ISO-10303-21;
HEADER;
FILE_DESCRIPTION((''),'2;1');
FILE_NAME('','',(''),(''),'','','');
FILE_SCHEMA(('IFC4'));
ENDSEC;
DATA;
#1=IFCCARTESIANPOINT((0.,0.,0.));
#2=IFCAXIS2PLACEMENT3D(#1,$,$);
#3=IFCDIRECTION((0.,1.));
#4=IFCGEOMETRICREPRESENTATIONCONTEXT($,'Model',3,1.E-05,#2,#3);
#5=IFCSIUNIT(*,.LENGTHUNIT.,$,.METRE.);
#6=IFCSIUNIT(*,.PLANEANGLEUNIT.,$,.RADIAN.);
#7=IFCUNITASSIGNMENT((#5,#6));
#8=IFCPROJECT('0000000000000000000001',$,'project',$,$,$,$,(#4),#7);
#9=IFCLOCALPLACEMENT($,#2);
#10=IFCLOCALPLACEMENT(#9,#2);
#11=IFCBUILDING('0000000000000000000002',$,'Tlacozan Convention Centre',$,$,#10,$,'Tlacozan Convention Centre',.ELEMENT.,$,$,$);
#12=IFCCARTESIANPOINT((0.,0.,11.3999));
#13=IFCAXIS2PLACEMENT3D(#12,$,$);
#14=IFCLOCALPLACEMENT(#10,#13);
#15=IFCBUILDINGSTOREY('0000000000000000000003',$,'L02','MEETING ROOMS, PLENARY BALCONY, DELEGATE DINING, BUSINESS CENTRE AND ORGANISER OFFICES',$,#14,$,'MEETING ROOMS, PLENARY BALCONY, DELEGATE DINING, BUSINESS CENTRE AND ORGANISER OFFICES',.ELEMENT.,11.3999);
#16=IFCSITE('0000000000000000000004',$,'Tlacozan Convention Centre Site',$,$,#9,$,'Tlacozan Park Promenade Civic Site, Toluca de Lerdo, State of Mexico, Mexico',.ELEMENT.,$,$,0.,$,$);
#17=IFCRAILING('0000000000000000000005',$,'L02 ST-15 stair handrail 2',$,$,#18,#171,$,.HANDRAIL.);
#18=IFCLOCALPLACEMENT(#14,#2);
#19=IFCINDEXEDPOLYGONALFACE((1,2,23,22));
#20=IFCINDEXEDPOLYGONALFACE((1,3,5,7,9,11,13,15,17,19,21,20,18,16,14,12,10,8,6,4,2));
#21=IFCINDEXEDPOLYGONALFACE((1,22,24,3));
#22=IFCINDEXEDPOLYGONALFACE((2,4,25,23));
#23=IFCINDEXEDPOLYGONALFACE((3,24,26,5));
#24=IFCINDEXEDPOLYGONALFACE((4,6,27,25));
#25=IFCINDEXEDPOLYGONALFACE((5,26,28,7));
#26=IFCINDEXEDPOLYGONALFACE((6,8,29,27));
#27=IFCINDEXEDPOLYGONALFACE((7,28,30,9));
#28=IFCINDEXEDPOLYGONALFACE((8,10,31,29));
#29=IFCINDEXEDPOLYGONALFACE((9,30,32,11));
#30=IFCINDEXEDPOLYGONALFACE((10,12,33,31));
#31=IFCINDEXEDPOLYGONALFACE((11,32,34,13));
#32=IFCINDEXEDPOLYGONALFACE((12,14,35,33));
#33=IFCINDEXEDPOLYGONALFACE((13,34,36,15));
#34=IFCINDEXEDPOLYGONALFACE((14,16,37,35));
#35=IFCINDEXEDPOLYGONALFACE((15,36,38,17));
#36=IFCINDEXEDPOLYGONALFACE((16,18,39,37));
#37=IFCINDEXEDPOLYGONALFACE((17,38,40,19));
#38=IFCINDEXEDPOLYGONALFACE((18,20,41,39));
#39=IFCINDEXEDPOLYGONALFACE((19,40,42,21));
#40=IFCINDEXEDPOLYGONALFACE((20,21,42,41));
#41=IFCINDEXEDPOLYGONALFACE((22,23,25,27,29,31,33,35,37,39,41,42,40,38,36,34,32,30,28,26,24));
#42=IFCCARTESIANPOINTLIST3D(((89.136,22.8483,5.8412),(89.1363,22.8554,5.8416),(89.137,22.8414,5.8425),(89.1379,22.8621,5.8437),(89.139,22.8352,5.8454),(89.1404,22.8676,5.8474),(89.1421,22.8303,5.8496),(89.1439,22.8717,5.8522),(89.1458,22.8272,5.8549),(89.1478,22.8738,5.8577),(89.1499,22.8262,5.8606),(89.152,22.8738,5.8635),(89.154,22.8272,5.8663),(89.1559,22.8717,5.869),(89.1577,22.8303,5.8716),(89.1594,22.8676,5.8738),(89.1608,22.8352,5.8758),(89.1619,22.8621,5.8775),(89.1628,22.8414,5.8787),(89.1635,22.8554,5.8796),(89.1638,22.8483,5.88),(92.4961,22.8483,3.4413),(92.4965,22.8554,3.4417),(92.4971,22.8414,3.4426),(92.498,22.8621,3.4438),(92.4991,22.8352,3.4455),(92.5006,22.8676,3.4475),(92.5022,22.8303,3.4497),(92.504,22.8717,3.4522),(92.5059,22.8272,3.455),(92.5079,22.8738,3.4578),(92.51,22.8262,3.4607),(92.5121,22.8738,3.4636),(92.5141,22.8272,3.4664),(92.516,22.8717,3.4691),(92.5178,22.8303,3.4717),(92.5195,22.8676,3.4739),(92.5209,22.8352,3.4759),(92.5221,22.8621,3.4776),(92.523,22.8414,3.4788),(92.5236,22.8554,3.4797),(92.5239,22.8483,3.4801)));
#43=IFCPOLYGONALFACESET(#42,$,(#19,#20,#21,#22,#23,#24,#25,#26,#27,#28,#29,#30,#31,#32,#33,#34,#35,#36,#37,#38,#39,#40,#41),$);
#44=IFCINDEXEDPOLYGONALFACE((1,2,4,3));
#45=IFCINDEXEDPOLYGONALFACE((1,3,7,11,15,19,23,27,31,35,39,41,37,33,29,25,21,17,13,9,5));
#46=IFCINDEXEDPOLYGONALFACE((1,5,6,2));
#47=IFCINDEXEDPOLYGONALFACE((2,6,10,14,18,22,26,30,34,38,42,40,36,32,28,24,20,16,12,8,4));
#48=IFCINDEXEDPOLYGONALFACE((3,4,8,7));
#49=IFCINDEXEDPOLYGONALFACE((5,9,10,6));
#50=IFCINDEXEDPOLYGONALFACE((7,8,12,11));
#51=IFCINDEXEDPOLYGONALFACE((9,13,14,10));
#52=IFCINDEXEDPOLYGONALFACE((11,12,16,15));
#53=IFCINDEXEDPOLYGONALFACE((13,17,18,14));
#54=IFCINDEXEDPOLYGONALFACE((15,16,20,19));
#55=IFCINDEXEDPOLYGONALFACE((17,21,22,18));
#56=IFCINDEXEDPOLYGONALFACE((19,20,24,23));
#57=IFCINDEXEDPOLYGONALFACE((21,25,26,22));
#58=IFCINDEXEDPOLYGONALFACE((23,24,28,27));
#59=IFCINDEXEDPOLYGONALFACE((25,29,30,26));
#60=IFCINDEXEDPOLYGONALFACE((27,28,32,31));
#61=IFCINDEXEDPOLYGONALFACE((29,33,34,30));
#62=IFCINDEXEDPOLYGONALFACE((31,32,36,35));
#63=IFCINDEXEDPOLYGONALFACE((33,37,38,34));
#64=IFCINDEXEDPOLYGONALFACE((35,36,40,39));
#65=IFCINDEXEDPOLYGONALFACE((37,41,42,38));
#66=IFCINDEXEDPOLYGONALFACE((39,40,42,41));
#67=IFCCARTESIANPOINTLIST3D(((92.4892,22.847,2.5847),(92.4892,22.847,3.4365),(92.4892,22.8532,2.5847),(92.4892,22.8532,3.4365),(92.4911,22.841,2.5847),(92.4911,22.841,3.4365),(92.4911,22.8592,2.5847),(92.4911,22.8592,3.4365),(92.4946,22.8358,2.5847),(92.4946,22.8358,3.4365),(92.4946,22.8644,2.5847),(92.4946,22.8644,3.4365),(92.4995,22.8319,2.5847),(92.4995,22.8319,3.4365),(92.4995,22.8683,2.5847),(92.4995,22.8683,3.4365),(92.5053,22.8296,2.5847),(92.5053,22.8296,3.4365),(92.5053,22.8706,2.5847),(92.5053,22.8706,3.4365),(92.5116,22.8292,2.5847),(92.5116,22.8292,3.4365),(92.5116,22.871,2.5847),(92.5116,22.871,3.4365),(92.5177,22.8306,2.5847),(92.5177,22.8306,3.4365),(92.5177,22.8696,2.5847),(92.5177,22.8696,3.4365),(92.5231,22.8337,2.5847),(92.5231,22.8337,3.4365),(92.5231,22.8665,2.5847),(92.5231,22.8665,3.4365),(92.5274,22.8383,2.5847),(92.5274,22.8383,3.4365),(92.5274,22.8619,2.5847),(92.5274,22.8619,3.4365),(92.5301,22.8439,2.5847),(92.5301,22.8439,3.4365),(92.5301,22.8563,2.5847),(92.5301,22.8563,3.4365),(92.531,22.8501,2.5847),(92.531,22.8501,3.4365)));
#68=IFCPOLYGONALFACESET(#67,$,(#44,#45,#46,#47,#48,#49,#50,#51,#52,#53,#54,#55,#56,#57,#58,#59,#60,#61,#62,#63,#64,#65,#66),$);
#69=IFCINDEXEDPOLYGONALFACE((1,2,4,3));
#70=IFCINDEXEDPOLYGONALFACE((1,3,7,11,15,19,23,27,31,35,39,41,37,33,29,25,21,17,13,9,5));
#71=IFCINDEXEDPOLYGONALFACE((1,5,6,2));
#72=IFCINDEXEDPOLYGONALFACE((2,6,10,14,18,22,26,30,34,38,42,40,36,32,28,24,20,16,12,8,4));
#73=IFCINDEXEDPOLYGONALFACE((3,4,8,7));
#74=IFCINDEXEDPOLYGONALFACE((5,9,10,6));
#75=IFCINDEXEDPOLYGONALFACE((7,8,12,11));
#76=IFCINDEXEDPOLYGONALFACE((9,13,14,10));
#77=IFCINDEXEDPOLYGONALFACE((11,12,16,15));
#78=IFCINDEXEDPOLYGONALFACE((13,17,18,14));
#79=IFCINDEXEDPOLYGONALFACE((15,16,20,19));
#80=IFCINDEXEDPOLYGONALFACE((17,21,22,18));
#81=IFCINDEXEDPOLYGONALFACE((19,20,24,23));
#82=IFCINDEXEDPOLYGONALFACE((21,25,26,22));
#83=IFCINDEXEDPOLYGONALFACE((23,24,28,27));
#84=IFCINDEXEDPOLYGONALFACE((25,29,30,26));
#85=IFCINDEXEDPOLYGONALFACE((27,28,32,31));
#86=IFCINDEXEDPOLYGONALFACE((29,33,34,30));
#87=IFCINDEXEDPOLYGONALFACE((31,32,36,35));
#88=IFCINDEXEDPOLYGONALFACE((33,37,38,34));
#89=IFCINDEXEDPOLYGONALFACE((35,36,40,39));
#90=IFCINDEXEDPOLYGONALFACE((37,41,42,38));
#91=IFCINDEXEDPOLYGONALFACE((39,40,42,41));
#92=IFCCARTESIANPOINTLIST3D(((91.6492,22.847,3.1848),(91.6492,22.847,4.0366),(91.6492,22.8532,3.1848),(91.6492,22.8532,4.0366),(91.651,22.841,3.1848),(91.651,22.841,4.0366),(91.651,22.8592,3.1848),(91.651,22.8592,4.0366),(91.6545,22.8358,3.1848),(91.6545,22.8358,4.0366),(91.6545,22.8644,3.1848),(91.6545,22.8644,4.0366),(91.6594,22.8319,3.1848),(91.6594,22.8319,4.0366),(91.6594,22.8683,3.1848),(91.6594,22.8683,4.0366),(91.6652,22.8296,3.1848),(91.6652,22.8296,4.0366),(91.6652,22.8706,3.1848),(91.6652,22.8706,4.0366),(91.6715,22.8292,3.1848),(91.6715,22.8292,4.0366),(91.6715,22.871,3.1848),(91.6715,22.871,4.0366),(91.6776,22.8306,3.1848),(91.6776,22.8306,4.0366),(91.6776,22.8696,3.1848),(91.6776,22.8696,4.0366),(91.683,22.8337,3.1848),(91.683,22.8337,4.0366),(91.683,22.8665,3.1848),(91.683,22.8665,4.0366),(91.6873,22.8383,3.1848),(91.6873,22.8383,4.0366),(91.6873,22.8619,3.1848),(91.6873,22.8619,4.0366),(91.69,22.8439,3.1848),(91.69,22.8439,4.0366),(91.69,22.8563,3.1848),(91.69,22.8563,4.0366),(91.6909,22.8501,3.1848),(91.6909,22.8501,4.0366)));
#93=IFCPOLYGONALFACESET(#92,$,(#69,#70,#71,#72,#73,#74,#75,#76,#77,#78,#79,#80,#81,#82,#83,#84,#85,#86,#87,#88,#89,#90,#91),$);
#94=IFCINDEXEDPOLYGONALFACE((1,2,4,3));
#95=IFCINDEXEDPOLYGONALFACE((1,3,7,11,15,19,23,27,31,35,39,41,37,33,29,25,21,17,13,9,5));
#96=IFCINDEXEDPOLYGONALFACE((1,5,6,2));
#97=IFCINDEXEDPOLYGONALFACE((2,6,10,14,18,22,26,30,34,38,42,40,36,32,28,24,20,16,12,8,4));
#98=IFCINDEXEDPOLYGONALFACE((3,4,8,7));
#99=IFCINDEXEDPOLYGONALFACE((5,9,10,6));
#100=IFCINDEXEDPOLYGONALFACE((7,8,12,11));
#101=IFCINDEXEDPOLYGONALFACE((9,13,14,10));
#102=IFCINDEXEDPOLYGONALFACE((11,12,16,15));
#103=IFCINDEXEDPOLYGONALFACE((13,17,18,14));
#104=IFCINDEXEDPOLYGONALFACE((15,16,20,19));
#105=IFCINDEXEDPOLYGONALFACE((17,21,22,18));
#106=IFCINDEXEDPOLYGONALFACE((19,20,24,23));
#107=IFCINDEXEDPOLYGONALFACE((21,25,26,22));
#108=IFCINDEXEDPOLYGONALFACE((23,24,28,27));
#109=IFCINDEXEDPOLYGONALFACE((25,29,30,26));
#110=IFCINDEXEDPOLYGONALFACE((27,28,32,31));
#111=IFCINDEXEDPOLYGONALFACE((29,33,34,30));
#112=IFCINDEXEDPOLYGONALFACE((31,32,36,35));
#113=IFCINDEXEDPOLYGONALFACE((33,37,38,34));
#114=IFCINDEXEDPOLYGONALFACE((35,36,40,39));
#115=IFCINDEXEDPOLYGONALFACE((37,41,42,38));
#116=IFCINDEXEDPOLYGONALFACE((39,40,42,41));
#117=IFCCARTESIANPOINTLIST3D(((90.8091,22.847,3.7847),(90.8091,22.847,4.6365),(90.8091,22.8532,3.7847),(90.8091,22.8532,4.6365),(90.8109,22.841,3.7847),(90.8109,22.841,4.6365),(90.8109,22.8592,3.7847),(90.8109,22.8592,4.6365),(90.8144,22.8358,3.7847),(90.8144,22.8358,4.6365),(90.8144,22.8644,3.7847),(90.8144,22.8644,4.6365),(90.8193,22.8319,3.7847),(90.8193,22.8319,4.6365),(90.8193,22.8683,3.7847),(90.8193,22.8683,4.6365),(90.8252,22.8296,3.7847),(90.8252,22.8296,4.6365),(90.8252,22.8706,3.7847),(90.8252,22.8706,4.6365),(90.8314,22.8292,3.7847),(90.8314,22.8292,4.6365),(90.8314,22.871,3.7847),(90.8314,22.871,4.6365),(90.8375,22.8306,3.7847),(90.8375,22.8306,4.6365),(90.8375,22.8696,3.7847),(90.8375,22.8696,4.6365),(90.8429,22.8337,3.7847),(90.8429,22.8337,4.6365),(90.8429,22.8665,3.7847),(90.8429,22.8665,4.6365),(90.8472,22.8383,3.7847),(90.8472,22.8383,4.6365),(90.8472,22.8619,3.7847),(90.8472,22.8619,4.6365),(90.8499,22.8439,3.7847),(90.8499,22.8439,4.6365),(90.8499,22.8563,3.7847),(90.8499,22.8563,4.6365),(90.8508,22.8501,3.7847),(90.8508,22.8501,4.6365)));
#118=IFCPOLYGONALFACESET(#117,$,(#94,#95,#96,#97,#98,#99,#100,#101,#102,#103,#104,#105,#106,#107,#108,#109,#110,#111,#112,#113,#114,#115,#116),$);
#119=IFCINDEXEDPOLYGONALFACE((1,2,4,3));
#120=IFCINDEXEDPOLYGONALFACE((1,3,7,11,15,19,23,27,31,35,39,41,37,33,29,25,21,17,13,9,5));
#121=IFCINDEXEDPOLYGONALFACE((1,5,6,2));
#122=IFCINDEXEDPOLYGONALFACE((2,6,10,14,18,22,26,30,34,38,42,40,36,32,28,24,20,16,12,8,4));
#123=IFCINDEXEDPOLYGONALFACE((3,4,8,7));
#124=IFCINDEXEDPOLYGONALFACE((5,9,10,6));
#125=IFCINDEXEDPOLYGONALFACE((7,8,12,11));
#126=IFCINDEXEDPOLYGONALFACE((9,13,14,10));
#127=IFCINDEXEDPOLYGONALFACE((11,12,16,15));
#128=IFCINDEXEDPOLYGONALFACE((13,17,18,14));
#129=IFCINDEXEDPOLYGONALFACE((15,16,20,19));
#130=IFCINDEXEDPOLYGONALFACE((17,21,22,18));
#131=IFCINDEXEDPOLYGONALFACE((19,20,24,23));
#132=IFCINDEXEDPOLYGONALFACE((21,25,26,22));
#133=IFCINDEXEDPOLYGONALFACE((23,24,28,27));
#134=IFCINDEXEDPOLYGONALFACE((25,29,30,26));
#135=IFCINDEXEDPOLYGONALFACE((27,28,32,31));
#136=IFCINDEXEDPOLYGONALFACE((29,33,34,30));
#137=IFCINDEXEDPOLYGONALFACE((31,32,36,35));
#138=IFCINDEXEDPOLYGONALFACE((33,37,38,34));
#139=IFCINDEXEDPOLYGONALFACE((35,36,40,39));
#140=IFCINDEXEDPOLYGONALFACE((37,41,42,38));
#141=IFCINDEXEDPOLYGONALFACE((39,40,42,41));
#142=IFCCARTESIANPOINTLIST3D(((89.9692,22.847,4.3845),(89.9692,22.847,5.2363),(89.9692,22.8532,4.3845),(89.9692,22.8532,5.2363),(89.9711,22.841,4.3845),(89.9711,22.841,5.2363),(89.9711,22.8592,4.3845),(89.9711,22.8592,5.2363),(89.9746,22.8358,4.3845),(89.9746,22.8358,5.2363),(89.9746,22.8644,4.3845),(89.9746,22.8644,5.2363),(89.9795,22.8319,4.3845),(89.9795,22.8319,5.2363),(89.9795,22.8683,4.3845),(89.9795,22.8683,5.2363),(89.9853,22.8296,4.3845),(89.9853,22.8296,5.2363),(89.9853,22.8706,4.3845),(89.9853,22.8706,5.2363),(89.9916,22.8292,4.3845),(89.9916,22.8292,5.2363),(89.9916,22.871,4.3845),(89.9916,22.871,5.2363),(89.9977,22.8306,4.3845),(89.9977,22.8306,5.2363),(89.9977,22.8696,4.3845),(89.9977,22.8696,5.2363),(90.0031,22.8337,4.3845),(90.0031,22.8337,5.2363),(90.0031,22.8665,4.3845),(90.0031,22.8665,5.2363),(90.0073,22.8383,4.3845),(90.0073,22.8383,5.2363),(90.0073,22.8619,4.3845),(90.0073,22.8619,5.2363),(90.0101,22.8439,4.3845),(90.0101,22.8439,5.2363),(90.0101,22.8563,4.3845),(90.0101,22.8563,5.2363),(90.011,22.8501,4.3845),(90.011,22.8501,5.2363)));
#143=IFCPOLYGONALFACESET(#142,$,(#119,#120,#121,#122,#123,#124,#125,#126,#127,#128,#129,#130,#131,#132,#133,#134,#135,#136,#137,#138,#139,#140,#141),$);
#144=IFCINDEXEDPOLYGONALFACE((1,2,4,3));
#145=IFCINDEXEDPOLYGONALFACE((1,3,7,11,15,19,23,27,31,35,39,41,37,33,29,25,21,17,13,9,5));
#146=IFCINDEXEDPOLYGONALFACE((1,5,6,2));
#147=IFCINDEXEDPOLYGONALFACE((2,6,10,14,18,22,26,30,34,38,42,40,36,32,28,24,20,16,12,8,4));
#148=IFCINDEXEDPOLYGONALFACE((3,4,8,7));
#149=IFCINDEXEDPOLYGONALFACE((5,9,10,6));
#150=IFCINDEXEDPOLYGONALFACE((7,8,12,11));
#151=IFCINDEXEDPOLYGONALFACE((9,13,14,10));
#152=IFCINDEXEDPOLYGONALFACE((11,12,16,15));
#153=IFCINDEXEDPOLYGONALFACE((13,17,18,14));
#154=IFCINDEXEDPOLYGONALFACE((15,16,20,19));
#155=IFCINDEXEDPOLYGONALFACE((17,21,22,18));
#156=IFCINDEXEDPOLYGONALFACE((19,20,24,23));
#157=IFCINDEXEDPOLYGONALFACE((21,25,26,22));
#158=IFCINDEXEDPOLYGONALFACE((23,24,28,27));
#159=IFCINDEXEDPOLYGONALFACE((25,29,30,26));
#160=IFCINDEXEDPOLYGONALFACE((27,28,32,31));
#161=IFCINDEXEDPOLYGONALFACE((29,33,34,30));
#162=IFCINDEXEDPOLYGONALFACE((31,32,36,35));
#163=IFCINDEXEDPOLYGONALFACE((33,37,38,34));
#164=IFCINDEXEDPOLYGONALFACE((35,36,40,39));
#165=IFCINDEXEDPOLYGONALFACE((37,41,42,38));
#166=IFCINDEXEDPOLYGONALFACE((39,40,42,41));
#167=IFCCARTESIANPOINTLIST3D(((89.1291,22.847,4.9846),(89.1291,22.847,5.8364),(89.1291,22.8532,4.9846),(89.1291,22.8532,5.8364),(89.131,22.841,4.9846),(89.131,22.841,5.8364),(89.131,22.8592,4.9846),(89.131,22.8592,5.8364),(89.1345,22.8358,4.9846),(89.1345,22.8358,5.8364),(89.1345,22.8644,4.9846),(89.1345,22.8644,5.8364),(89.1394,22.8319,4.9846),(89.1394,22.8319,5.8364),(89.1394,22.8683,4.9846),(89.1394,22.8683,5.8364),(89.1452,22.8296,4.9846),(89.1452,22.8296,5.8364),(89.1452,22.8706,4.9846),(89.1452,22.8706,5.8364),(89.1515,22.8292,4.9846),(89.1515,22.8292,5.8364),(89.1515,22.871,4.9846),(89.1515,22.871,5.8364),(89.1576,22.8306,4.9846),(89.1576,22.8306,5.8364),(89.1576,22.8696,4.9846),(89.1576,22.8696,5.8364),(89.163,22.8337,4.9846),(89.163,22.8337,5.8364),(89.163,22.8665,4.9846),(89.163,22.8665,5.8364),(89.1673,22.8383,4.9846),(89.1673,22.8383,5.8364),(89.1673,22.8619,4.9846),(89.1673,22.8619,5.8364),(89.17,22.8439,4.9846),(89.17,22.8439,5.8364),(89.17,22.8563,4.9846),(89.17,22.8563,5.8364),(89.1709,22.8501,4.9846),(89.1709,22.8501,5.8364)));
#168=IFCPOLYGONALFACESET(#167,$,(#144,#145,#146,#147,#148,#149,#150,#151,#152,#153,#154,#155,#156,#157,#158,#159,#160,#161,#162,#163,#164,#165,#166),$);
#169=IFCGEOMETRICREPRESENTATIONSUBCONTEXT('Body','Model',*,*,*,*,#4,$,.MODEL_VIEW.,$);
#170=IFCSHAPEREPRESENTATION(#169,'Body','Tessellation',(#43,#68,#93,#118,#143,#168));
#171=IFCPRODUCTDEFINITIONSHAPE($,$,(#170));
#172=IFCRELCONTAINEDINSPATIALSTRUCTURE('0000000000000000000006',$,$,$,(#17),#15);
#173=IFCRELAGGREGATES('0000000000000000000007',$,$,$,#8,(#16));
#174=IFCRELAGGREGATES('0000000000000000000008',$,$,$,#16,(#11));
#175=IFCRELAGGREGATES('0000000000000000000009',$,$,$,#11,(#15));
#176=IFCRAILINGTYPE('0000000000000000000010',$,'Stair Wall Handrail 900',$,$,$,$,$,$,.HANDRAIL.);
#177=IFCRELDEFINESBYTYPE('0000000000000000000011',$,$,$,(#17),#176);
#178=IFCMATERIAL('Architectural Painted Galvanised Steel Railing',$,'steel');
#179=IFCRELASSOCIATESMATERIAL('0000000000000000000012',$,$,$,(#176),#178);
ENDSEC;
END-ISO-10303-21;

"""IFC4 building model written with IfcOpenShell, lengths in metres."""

from ifc_helpers import new_model, si_unit, direction, frame, origin, origin_2d, place, context, subcontext, project, spatial, circle, extrude, material, type_object, element, save


model = new_model("IFC4")

# Units and contexts
model_context = context("Model", 3, precision=1e-05, world=origin(), true_north=direction((0.0, 1.0)))
body_context = subcontext(model_context, "Body", "Model", "MODEL_VIEW")
ifc_project = project(units=[si_unit("LENGTHUNIT", "METRE"), si_unit("PLANEANGLEUNIT", "RADIAN")], contexts=[model_context])

# Site, building, storey
site_placement = place(None, origin())
site = spatial("IfcSite", under=ifc_project, at=site_placement, Name="Tlacozan Convention Centre Site", LongName="Tlacozan Park Promenade Civic Site, Toluca de Lerdo, State of Mexico, Mexico", CompositionType="ELEMENT", RefElevation=0.0)
building_placement = place(site_placement, origin())
building = spatial("IfcBuilding", under=site, at=building_placement, Name="Tlacozan Convention Centre", LongName="Tlacozan Convention Centre", CompositionType="ELEMENT")
storey_placement = place(building_placement, frame((0.0, 0.0, 11.3999)))
storey = spatial("IfcBuildingStorey", under=building, at=storey_placement, Name="L02", Description="MEETING ROOMS, PLENARY BALCONY, DELEGATE DINING, BUSINESS CENTRE AND ORGANISER OFFICES", LongName="MEETING ROOMS, PLENARY BALCONY, DELEGATE DINING, BUSINESS CENTRE AND ORGANISER OFFICES", CompositionType="ELEMENT", Elevation=11.3999)

# Railing
ifc_material_1 = material(Name="Architectural Painted Galvanised Steel Railing", Category="steel")
railing_type_1 = type_object("IfcRailingType", Name="Stair Wall Handrail 900", PredefinedType="HANDRAIL", material=ifc_material_1)
railing_1_placement = place(storey_placement, frame((92.51, 22.8501, 2.5847)))
element("IfcRailing", 1, at=railing_1_placement, inside=storey, type_object=railing_type_1, Name="L02 ST-15 stair handrail 2", PredefinedType="HANDRAIL", context=body_context, shape_type="SweptSolid", body=[
    extrude(circle(Radius=0.0239, at=origin_2d()), frame((0.0, 0.0, 0.876), z_axis=(-0.813753, 0.0, 0.58121), x_axis=(0.0, -1.0, 0.0)), (0.0, 0.0, 1.0), 4.1292),
    extrude(circle(Radius=0.021, at=origin_2d()), origin(), (0.0, 0.0, 1.0), 0.8518),
    extrude(circle(Radius=0.021, at=origin_2d()), frame((-0.8401, 0.0, 0.6001)), (0.0, 0.0, 1.0), 0.8518),
    extrude(circle(Radius=0.021, at=origin_2d()), frame((-1.6802, 0.0, 1.2)), (0.0, 0.0, 1.0), 0.8518),
    extrude(circle(Radius=0.021, at=origin_2d()), frame((-2.52, 0.0, 1.7998)), (0.0, 0.0, 1.0), 0.8518),
    extrude(circle(Radius=0.021, at=origin_2d()), frame((-3.3601, 0.0, 2.3999)), (0.0, 0.0, 1.0), 0.8518),
])

save(model, "model.ifc")
